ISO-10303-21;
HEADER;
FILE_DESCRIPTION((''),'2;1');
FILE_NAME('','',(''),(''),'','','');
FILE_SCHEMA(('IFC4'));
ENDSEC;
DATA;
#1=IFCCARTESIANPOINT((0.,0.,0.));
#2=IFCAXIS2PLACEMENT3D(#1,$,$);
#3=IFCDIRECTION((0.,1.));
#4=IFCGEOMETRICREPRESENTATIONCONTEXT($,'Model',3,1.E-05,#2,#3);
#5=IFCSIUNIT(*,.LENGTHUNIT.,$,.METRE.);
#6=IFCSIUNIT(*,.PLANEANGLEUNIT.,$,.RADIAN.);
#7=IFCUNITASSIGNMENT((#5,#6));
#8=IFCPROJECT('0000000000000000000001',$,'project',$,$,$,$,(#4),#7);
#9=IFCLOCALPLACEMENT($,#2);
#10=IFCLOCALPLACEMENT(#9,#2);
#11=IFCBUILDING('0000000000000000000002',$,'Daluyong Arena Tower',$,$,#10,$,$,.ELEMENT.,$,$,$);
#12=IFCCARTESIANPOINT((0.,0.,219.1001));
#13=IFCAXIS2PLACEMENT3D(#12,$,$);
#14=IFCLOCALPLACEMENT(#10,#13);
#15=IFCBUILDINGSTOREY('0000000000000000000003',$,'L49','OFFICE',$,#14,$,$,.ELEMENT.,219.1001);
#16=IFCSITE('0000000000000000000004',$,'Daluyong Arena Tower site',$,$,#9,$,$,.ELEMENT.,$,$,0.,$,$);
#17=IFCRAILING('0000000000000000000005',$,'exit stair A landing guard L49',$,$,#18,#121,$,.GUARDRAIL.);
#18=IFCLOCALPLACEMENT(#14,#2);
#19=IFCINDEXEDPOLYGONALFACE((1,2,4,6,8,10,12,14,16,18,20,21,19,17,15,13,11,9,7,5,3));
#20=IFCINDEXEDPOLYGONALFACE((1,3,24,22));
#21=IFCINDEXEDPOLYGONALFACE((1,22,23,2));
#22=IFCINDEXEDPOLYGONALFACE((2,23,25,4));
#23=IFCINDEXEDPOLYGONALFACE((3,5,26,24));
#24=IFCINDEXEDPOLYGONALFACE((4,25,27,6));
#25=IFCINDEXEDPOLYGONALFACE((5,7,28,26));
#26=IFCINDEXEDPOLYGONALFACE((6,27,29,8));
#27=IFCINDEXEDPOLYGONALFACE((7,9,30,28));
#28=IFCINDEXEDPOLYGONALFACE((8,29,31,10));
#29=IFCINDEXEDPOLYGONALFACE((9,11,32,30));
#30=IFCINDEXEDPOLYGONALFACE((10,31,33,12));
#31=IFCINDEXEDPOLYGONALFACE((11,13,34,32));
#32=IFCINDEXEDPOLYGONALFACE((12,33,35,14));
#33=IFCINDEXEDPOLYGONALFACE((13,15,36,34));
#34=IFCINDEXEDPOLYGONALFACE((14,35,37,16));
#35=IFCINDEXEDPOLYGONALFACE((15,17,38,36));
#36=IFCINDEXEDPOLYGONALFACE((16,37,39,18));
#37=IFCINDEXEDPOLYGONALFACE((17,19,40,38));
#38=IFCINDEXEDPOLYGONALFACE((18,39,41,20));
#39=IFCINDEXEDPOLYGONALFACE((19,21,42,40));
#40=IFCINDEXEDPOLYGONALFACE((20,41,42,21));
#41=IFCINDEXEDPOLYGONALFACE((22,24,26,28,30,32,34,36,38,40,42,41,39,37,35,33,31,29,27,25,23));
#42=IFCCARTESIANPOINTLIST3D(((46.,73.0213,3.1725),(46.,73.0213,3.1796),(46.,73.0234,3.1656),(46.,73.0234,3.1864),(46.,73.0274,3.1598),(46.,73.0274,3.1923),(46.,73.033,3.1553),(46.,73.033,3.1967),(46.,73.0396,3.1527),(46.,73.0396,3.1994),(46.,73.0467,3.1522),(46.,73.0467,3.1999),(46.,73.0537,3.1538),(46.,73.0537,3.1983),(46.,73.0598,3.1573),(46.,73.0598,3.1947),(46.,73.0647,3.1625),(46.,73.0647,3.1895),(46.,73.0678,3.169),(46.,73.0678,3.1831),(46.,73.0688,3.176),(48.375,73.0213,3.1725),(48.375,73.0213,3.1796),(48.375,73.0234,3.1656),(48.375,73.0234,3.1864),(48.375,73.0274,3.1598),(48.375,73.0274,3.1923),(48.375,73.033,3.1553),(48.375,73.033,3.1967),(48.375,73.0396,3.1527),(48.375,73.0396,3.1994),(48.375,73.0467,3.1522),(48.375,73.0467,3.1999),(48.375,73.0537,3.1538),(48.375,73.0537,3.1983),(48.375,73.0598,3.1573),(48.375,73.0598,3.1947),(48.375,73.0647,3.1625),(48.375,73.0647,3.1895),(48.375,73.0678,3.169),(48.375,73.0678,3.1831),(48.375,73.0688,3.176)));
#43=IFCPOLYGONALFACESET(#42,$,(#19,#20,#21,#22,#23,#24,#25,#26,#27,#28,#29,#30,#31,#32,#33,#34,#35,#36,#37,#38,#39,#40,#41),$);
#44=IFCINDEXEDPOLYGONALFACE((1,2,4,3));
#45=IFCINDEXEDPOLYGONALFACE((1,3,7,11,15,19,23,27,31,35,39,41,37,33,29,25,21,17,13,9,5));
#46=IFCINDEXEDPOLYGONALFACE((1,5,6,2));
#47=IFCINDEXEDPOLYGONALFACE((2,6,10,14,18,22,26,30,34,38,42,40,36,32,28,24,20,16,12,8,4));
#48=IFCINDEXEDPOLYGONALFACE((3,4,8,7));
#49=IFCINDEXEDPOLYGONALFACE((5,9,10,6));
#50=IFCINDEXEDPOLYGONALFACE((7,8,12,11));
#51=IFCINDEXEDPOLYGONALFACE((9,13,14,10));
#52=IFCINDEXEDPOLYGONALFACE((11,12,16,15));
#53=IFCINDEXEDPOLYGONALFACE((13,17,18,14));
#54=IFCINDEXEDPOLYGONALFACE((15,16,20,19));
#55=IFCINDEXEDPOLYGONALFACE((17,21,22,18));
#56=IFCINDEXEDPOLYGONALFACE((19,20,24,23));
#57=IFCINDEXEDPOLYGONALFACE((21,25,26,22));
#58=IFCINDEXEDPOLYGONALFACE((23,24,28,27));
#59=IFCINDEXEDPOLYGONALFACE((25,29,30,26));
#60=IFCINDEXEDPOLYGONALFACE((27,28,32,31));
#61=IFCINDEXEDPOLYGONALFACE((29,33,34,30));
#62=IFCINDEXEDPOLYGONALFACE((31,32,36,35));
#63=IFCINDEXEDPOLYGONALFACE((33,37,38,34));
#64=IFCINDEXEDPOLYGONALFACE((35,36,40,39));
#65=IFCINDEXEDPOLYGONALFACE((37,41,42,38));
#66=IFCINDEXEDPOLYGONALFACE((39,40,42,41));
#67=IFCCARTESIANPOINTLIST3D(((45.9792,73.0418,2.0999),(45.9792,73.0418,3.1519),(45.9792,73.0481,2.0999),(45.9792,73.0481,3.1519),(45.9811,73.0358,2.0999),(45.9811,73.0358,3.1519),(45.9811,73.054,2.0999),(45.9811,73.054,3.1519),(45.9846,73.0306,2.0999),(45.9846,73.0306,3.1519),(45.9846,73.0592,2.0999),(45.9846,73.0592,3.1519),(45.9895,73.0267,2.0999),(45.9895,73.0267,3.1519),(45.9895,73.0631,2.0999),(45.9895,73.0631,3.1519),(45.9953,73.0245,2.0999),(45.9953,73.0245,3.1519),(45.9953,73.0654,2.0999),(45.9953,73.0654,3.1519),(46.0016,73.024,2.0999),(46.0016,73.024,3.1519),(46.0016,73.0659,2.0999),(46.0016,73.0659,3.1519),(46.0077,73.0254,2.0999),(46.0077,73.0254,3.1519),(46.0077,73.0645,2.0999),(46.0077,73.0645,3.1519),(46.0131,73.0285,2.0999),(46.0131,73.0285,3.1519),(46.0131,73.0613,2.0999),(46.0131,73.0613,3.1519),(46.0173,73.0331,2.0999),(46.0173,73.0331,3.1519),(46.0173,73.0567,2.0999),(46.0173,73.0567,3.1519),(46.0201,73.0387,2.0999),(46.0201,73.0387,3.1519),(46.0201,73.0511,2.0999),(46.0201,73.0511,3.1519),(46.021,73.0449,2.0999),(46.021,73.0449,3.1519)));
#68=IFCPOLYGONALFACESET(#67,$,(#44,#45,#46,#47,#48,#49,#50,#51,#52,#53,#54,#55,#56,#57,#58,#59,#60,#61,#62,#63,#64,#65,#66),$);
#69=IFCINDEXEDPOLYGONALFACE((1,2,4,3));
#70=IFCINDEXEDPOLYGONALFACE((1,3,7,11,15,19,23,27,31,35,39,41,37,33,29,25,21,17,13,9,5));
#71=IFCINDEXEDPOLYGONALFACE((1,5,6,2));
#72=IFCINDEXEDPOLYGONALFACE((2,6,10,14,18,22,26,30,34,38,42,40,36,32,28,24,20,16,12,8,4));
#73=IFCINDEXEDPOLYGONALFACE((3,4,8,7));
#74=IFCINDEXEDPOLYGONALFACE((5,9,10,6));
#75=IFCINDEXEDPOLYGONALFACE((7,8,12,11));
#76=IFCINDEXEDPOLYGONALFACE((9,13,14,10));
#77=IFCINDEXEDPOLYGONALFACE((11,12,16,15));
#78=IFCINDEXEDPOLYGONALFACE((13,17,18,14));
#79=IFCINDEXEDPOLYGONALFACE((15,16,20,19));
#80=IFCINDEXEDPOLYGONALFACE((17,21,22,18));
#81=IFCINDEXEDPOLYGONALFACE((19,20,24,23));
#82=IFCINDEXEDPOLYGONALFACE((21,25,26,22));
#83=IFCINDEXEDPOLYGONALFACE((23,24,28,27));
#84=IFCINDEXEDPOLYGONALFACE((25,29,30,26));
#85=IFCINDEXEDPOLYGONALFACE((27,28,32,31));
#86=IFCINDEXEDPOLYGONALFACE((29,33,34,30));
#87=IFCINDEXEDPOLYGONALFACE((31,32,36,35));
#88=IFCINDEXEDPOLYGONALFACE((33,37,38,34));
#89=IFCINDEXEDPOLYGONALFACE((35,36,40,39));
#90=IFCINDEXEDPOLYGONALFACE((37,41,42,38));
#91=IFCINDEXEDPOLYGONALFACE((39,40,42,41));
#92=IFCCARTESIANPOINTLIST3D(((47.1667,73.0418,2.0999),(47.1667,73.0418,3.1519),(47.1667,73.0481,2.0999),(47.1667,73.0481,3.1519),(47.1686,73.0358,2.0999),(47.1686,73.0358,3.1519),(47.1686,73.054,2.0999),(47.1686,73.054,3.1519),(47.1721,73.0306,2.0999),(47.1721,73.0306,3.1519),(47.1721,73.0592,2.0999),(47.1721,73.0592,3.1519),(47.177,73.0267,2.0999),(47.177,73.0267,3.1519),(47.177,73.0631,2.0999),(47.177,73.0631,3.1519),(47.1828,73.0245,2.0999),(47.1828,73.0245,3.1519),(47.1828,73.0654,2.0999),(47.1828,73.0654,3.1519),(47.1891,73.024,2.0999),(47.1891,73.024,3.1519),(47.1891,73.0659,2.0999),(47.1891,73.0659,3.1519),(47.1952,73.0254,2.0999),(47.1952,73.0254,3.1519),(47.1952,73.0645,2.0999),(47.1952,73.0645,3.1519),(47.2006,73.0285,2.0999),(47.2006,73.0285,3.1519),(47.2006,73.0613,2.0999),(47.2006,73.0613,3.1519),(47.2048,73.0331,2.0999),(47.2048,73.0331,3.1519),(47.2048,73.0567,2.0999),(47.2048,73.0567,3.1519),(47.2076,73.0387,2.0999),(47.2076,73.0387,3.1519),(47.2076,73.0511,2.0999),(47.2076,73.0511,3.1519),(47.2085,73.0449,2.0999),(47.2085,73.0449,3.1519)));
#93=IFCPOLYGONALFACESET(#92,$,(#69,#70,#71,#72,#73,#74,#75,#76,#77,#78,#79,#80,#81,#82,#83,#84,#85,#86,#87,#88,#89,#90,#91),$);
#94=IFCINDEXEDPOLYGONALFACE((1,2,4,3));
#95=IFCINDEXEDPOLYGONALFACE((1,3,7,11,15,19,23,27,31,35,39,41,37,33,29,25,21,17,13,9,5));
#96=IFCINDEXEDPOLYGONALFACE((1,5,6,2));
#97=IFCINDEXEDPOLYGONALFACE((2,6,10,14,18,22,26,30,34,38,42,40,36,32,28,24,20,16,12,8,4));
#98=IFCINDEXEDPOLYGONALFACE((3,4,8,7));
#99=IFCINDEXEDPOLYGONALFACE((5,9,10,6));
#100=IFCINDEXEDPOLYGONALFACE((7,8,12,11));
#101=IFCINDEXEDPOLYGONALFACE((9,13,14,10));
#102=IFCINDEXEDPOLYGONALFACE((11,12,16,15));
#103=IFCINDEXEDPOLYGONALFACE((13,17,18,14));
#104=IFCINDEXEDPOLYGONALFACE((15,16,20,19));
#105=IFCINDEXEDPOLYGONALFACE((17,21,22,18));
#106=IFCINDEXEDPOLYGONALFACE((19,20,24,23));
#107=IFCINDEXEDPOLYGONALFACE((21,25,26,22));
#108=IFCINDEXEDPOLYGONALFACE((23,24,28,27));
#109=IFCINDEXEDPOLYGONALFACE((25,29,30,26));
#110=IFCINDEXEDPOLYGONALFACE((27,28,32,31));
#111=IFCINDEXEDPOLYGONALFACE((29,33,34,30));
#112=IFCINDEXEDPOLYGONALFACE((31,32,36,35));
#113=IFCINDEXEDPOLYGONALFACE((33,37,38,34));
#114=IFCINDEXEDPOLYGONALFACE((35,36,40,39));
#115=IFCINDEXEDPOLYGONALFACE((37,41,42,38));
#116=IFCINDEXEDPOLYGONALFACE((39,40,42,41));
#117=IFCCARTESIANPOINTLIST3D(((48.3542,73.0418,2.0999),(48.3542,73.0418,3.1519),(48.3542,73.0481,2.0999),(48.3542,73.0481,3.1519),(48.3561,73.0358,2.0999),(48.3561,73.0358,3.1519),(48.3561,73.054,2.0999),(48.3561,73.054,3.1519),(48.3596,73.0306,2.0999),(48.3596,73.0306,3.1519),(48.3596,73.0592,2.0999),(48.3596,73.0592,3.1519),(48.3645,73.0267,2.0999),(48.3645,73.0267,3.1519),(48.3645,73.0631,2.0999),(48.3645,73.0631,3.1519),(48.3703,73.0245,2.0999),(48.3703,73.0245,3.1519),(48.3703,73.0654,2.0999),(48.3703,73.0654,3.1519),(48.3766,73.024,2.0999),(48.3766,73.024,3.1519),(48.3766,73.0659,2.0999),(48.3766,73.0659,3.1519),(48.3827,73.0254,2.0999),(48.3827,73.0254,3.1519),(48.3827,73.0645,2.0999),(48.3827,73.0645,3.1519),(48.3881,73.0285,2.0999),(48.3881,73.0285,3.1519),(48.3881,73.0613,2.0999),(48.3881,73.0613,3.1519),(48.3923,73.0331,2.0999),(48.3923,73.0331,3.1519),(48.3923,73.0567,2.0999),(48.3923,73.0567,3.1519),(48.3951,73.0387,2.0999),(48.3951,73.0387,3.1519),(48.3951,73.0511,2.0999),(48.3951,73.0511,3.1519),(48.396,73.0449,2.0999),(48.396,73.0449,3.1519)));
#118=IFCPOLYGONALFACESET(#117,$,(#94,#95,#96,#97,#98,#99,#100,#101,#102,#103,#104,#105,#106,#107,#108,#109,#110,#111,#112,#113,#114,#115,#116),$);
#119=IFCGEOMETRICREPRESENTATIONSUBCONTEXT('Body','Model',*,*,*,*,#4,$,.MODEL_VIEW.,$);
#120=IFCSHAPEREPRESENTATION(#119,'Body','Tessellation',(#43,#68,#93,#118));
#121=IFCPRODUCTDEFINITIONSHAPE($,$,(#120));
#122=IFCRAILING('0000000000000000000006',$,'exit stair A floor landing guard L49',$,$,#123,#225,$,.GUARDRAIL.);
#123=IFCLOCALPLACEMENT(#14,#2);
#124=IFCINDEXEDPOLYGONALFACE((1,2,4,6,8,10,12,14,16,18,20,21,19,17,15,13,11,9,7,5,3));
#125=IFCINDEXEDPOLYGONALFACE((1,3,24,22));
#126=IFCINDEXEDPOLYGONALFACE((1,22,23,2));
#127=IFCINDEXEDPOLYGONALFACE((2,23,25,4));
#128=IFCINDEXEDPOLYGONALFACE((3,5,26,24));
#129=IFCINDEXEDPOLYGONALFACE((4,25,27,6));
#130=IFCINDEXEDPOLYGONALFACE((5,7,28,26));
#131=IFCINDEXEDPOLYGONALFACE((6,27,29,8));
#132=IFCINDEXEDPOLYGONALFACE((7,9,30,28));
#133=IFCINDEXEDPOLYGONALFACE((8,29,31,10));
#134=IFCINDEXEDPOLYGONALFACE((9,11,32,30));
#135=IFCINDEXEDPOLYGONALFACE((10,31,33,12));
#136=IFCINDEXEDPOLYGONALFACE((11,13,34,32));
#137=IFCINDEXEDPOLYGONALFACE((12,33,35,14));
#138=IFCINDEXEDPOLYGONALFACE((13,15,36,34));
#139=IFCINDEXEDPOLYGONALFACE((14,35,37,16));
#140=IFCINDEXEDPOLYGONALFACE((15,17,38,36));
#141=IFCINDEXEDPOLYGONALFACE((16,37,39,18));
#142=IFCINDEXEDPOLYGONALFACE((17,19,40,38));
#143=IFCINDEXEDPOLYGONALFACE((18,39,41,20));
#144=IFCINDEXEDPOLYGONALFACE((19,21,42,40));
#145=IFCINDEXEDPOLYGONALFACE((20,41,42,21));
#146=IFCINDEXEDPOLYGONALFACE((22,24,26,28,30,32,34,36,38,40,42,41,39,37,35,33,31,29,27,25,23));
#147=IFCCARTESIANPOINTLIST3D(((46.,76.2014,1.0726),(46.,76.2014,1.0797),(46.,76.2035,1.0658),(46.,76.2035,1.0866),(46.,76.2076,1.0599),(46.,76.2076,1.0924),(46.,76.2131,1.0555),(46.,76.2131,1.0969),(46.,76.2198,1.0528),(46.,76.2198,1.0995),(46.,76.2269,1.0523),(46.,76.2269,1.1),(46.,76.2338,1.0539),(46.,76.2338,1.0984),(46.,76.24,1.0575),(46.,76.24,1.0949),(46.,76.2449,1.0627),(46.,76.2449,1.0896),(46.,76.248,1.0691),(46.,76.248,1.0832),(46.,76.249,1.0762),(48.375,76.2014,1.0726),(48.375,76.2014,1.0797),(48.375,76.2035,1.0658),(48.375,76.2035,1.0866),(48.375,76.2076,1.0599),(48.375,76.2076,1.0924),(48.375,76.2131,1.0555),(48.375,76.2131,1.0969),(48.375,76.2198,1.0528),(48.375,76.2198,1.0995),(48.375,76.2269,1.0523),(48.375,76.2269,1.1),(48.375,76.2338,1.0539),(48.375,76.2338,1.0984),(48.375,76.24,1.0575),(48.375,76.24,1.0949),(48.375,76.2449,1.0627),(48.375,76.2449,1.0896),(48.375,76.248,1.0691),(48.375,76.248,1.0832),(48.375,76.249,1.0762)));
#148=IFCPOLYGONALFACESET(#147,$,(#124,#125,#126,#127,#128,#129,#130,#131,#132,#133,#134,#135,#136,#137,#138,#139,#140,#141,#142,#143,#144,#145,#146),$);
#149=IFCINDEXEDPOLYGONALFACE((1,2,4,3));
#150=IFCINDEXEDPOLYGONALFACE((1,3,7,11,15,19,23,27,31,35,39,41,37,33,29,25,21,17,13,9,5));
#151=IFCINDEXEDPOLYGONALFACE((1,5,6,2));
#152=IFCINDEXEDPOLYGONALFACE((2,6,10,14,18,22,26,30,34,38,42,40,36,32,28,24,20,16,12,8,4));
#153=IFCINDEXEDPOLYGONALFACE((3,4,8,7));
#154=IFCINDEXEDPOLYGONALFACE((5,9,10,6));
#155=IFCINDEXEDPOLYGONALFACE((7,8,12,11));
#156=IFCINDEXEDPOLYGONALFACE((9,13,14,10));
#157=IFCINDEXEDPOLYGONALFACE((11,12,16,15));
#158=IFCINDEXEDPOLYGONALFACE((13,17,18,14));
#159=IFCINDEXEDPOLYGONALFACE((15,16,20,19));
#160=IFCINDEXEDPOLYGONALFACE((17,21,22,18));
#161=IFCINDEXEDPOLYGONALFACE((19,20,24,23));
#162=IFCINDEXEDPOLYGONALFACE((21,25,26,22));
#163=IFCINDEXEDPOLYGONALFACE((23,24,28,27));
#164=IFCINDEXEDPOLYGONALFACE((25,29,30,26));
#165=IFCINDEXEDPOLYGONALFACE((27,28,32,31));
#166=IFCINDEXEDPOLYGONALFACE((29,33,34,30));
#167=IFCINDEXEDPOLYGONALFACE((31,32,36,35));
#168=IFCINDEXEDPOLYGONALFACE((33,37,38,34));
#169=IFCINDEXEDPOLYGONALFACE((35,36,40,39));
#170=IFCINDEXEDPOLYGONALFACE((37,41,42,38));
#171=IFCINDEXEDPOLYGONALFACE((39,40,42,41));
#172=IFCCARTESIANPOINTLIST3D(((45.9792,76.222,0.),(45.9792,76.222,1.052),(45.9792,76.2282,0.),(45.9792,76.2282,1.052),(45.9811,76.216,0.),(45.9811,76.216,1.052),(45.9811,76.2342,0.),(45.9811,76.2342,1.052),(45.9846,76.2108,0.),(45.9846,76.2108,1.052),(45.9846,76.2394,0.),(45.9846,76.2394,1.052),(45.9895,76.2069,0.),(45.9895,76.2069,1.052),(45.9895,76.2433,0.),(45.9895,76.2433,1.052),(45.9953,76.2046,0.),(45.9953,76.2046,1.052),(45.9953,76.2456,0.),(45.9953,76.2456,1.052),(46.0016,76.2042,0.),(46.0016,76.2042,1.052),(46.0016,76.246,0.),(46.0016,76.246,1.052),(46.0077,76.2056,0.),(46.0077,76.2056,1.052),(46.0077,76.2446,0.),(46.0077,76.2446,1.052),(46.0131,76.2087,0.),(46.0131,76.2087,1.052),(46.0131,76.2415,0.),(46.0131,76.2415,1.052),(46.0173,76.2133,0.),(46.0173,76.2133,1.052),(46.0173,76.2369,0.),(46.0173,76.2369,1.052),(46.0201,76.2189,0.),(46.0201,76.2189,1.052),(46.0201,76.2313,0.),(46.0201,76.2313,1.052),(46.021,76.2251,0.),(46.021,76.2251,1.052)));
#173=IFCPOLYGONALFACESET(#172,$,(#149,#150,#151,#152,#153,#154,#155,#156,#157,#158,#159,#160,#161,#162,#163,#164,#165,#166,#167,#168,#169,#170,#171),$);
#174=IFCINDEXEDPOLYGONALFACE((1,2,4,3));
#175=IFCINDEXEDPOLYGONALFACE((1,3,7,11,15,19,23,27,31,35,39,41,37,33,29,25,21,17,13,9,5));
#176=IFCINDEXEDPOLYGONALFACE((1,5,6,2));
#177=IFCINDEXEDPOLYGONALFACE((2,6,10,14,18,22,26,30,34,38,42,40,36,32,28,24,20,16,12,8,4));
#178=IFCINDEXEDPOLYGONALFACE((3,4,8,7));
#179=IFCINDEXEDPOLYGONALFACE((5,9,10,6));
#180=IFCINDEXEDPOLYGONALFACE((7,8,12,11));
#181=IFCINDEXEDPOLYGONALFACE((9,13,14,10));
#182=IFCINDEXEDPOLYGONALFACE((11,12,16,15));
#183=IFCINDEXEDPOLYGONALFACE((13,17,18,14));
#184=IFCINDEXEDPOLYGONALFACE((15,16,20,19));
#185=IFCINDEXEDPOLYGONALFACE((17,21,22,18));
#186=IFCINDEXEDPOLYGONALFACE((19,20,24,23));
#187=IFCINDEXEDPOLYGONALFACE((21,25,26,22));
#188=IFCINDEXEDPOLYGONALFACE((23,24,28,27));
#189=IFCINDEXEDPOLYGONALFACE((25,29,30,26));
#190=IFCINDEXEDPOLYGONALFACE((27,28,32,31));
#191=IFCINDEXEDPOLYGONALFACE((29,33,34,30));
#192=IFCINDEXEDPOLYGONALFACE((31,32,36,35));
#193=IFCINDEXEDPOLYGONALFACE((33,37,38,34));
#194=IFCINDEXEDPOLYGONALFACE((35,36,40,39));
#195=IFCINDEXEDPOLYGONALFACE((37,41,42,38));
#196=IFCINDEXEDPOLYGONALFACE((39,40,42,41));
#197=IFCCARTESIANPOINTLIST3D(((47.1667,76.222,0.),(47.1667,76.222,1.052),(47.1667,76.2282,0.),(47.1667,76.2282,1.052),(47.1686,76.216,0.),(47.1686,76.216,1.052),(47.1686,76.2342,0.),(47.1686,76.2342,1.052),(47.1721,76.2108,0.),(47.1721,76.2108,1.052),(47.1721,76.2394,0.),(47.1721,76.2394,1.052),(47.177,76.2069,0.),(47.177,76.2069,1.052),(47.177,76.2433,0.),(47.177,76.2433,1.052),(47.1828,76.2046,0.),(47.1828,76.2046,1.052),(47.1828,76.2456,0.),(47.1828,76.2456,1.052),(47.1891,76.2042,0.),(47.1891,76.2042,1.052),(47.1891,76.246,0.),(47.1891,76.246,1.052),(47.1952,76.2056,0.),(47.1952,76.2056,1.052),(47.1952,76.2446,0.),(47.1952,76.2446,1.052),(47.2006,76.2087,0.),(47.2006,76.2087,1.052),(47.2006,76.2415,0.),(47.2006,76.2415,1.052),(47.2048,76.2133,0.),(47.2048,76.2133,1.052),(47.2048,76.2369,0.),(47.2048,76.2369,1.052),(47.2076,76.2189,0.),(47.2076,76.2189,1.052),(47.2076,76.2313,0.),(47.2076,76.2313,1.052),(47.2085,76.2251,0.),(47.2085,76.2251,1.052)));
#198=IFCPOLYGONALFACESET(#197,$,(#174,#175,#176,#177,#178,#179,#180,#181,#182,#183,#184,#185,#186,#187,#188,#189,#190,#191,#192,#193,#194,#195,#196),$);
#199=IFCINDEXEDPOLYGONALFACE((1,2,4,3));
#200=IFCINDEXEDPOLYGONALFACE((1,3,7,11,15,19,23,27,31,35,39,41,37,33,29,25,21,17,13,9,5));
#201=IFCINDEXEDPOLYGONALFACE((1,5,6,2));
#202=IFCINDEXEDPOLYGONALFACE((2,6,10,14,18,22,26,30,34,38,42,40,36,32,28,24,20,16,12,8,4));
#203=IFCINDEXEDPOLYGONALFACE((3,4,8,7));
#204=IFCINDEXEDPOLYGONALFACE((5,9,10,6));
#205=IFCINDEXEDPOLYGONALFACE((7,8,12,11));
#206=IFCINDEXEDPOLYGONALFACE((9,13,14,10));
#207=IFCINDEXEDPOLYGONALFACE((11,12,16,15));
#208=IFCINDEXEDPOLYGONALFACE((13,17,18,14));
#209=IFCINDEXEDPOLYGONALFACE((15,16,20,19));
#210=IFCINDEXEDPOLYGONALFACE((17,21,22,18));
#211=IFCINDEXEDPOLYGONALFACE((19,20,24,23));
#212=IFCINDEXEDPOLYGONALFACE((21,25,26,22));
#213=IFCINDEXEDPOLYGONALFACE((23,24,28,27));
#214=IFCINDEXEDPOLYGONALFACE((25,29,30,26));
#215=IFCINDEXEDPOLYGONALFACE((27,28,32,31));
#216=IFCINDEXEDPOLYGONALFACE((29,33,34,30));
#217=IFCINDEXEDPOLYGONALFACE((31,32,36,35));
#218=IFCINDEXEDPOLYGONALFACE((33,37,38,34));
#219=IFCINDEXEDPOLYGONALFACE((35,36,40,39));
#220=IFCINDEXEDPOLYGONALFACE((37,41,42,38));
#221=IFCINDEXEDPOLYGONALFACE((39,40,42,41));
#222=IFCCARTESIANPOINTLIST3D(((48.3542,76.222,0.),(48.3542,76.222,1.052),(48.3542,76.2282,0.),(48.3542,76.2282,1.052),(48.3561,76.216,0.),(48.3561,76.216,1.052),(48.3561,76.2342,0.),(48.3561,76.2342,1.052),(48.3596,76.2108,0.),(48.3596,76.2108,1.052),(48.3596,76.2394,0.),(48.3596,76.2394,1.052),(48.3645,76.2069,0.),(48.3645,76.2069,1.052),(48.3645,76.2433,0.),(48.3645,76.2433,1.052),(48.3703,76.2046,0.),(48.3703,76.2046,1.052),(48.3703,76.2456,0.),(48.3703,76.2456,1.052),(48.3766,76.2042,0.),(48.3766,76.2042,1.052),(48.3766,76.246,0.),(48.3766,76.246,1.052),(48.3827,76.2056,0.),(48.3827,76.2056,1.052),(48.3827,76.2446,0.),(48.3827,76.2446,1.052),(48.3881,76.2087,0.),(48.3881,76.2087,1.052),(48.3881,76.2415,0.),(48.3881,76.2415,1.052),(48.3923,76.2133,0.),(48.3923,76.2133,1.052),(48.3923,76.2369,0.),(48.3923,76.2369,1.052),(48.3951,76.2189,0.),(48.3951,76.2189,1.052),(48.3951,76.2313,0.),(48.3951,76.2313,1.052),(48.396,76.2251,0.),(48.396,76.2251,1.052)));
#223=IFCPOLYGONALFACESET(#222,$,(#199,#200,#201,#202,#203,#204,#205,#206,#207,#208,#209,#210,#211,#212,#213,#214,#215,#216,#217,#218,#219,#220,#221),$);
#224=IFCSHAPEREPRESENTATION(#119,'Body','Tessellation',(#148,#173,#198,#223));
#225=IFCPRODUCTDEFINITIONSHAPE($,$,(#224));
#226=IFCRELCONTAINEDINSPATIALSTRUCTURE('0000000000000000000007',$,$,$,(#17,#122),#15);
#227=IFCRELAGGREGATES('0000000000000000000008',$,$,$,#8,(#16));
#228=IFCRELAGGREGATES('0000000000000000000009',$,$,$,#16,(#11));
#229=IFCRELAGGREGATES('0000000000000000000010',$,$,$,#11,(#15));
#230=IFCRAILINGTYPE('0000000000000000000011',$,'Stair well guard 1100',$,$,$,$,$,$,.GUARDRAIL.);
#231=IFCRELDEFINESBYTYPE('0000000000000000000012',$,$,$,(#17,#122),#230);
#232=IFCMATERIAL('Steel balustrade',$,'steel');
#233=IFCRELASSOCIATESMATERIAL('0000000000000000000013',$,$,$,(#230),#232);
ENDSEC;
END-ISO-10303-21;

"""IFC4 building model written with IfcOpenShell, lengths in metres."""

from ifc_helpers import new_model, si_unit, direction, frame, origin, origin_2d, place, context, subcontext, project, spatial, circle, extrude, material, type_object, element, save


model = new_model("IFC4")

# Units and contexts
model_context = context("Model", 3, precision=1e-05, world=origin(), true_north=direction((0.0, 1.0)))
body_context = subcontext(model_context, "Body", "Model", "MODEL_VIEW")
ifc_project = project(units=[si_unit("LENGTHUNIT", "METRE"), si_unit("PLANEANGLEUNIT", "RADIAN")], contexts=[model_context])

# Site, building, storey
site_placement = place(None, origin())
site = spatial("IfcSite", under=ifc_project, at=site_placement, Name="Daluyong Arena Tower site", CompositionType="ELEMENT", RefElevation=0.0)
building_placement = place(site_placement, origin())
building = spatial("IfcBuilding", under=site, at=building_placement, Name="Daluyong Arena Tower", CompositionType="ELEMENT")
storey_placement = place(building_placement, frame((0.0, 0.0, 219.1001)))
storey = spatial("IfcBuildingStorey", under=building, at=storey_placement, Name="L49", Description="OFFICE", CompositionType="ELEMENT", Elevation=219.1001)

# Railings
ifc_material_1 = material(Name="Steel balustrade", Category="steel")
railing_type_1 = type_object("IfcRailingType", Name="Stair well guard 1100", PredefinedType="GUARDRAIL", material=ifc_material_1)
for number, where, name in (
    (1, (46.0, 73.0449, 2.0999), "exit stair A landing guard L49"),
    (2, (46.0, 76.2251, 0.0), "exit stair A floor landing guard L49"),
):
    element("IfcRailing", number, at=place(storey_placement, frame(where)), inside=storey, type_object=railing_type_1, Name=name, PredefinedType="GUARDRAIL", context=body_context, shape_type="SweptSolid", body=[
        extrude(circle(Radius=0.0239, at=origin_2d()), frame((0.0, 0.0, 1.0762), z_axis=(1.0, 0.0, 0.0), x_axis=(0.0, 1.0, 0.0)), (0.0, 0.0, 1.0), 2.375),
        extrude(circle(Radius=0.021, at=origin_2d()), origin(), (0.0, 0.0, 1.0), 1.052),
        extrude(circle(Radius=0.021, at=origin_2d()), frame((1.1875, 0.0, 0.0)), (0.0, 0.0, 1.0), 1.052),
        extrude(circle(Radius=0.021, at=origin_2d()), frame((2.375, 0.0, 0.0)), (0.0, 0.0, 1.0), 1.052),
    ])

save(model, "model.ifc")
